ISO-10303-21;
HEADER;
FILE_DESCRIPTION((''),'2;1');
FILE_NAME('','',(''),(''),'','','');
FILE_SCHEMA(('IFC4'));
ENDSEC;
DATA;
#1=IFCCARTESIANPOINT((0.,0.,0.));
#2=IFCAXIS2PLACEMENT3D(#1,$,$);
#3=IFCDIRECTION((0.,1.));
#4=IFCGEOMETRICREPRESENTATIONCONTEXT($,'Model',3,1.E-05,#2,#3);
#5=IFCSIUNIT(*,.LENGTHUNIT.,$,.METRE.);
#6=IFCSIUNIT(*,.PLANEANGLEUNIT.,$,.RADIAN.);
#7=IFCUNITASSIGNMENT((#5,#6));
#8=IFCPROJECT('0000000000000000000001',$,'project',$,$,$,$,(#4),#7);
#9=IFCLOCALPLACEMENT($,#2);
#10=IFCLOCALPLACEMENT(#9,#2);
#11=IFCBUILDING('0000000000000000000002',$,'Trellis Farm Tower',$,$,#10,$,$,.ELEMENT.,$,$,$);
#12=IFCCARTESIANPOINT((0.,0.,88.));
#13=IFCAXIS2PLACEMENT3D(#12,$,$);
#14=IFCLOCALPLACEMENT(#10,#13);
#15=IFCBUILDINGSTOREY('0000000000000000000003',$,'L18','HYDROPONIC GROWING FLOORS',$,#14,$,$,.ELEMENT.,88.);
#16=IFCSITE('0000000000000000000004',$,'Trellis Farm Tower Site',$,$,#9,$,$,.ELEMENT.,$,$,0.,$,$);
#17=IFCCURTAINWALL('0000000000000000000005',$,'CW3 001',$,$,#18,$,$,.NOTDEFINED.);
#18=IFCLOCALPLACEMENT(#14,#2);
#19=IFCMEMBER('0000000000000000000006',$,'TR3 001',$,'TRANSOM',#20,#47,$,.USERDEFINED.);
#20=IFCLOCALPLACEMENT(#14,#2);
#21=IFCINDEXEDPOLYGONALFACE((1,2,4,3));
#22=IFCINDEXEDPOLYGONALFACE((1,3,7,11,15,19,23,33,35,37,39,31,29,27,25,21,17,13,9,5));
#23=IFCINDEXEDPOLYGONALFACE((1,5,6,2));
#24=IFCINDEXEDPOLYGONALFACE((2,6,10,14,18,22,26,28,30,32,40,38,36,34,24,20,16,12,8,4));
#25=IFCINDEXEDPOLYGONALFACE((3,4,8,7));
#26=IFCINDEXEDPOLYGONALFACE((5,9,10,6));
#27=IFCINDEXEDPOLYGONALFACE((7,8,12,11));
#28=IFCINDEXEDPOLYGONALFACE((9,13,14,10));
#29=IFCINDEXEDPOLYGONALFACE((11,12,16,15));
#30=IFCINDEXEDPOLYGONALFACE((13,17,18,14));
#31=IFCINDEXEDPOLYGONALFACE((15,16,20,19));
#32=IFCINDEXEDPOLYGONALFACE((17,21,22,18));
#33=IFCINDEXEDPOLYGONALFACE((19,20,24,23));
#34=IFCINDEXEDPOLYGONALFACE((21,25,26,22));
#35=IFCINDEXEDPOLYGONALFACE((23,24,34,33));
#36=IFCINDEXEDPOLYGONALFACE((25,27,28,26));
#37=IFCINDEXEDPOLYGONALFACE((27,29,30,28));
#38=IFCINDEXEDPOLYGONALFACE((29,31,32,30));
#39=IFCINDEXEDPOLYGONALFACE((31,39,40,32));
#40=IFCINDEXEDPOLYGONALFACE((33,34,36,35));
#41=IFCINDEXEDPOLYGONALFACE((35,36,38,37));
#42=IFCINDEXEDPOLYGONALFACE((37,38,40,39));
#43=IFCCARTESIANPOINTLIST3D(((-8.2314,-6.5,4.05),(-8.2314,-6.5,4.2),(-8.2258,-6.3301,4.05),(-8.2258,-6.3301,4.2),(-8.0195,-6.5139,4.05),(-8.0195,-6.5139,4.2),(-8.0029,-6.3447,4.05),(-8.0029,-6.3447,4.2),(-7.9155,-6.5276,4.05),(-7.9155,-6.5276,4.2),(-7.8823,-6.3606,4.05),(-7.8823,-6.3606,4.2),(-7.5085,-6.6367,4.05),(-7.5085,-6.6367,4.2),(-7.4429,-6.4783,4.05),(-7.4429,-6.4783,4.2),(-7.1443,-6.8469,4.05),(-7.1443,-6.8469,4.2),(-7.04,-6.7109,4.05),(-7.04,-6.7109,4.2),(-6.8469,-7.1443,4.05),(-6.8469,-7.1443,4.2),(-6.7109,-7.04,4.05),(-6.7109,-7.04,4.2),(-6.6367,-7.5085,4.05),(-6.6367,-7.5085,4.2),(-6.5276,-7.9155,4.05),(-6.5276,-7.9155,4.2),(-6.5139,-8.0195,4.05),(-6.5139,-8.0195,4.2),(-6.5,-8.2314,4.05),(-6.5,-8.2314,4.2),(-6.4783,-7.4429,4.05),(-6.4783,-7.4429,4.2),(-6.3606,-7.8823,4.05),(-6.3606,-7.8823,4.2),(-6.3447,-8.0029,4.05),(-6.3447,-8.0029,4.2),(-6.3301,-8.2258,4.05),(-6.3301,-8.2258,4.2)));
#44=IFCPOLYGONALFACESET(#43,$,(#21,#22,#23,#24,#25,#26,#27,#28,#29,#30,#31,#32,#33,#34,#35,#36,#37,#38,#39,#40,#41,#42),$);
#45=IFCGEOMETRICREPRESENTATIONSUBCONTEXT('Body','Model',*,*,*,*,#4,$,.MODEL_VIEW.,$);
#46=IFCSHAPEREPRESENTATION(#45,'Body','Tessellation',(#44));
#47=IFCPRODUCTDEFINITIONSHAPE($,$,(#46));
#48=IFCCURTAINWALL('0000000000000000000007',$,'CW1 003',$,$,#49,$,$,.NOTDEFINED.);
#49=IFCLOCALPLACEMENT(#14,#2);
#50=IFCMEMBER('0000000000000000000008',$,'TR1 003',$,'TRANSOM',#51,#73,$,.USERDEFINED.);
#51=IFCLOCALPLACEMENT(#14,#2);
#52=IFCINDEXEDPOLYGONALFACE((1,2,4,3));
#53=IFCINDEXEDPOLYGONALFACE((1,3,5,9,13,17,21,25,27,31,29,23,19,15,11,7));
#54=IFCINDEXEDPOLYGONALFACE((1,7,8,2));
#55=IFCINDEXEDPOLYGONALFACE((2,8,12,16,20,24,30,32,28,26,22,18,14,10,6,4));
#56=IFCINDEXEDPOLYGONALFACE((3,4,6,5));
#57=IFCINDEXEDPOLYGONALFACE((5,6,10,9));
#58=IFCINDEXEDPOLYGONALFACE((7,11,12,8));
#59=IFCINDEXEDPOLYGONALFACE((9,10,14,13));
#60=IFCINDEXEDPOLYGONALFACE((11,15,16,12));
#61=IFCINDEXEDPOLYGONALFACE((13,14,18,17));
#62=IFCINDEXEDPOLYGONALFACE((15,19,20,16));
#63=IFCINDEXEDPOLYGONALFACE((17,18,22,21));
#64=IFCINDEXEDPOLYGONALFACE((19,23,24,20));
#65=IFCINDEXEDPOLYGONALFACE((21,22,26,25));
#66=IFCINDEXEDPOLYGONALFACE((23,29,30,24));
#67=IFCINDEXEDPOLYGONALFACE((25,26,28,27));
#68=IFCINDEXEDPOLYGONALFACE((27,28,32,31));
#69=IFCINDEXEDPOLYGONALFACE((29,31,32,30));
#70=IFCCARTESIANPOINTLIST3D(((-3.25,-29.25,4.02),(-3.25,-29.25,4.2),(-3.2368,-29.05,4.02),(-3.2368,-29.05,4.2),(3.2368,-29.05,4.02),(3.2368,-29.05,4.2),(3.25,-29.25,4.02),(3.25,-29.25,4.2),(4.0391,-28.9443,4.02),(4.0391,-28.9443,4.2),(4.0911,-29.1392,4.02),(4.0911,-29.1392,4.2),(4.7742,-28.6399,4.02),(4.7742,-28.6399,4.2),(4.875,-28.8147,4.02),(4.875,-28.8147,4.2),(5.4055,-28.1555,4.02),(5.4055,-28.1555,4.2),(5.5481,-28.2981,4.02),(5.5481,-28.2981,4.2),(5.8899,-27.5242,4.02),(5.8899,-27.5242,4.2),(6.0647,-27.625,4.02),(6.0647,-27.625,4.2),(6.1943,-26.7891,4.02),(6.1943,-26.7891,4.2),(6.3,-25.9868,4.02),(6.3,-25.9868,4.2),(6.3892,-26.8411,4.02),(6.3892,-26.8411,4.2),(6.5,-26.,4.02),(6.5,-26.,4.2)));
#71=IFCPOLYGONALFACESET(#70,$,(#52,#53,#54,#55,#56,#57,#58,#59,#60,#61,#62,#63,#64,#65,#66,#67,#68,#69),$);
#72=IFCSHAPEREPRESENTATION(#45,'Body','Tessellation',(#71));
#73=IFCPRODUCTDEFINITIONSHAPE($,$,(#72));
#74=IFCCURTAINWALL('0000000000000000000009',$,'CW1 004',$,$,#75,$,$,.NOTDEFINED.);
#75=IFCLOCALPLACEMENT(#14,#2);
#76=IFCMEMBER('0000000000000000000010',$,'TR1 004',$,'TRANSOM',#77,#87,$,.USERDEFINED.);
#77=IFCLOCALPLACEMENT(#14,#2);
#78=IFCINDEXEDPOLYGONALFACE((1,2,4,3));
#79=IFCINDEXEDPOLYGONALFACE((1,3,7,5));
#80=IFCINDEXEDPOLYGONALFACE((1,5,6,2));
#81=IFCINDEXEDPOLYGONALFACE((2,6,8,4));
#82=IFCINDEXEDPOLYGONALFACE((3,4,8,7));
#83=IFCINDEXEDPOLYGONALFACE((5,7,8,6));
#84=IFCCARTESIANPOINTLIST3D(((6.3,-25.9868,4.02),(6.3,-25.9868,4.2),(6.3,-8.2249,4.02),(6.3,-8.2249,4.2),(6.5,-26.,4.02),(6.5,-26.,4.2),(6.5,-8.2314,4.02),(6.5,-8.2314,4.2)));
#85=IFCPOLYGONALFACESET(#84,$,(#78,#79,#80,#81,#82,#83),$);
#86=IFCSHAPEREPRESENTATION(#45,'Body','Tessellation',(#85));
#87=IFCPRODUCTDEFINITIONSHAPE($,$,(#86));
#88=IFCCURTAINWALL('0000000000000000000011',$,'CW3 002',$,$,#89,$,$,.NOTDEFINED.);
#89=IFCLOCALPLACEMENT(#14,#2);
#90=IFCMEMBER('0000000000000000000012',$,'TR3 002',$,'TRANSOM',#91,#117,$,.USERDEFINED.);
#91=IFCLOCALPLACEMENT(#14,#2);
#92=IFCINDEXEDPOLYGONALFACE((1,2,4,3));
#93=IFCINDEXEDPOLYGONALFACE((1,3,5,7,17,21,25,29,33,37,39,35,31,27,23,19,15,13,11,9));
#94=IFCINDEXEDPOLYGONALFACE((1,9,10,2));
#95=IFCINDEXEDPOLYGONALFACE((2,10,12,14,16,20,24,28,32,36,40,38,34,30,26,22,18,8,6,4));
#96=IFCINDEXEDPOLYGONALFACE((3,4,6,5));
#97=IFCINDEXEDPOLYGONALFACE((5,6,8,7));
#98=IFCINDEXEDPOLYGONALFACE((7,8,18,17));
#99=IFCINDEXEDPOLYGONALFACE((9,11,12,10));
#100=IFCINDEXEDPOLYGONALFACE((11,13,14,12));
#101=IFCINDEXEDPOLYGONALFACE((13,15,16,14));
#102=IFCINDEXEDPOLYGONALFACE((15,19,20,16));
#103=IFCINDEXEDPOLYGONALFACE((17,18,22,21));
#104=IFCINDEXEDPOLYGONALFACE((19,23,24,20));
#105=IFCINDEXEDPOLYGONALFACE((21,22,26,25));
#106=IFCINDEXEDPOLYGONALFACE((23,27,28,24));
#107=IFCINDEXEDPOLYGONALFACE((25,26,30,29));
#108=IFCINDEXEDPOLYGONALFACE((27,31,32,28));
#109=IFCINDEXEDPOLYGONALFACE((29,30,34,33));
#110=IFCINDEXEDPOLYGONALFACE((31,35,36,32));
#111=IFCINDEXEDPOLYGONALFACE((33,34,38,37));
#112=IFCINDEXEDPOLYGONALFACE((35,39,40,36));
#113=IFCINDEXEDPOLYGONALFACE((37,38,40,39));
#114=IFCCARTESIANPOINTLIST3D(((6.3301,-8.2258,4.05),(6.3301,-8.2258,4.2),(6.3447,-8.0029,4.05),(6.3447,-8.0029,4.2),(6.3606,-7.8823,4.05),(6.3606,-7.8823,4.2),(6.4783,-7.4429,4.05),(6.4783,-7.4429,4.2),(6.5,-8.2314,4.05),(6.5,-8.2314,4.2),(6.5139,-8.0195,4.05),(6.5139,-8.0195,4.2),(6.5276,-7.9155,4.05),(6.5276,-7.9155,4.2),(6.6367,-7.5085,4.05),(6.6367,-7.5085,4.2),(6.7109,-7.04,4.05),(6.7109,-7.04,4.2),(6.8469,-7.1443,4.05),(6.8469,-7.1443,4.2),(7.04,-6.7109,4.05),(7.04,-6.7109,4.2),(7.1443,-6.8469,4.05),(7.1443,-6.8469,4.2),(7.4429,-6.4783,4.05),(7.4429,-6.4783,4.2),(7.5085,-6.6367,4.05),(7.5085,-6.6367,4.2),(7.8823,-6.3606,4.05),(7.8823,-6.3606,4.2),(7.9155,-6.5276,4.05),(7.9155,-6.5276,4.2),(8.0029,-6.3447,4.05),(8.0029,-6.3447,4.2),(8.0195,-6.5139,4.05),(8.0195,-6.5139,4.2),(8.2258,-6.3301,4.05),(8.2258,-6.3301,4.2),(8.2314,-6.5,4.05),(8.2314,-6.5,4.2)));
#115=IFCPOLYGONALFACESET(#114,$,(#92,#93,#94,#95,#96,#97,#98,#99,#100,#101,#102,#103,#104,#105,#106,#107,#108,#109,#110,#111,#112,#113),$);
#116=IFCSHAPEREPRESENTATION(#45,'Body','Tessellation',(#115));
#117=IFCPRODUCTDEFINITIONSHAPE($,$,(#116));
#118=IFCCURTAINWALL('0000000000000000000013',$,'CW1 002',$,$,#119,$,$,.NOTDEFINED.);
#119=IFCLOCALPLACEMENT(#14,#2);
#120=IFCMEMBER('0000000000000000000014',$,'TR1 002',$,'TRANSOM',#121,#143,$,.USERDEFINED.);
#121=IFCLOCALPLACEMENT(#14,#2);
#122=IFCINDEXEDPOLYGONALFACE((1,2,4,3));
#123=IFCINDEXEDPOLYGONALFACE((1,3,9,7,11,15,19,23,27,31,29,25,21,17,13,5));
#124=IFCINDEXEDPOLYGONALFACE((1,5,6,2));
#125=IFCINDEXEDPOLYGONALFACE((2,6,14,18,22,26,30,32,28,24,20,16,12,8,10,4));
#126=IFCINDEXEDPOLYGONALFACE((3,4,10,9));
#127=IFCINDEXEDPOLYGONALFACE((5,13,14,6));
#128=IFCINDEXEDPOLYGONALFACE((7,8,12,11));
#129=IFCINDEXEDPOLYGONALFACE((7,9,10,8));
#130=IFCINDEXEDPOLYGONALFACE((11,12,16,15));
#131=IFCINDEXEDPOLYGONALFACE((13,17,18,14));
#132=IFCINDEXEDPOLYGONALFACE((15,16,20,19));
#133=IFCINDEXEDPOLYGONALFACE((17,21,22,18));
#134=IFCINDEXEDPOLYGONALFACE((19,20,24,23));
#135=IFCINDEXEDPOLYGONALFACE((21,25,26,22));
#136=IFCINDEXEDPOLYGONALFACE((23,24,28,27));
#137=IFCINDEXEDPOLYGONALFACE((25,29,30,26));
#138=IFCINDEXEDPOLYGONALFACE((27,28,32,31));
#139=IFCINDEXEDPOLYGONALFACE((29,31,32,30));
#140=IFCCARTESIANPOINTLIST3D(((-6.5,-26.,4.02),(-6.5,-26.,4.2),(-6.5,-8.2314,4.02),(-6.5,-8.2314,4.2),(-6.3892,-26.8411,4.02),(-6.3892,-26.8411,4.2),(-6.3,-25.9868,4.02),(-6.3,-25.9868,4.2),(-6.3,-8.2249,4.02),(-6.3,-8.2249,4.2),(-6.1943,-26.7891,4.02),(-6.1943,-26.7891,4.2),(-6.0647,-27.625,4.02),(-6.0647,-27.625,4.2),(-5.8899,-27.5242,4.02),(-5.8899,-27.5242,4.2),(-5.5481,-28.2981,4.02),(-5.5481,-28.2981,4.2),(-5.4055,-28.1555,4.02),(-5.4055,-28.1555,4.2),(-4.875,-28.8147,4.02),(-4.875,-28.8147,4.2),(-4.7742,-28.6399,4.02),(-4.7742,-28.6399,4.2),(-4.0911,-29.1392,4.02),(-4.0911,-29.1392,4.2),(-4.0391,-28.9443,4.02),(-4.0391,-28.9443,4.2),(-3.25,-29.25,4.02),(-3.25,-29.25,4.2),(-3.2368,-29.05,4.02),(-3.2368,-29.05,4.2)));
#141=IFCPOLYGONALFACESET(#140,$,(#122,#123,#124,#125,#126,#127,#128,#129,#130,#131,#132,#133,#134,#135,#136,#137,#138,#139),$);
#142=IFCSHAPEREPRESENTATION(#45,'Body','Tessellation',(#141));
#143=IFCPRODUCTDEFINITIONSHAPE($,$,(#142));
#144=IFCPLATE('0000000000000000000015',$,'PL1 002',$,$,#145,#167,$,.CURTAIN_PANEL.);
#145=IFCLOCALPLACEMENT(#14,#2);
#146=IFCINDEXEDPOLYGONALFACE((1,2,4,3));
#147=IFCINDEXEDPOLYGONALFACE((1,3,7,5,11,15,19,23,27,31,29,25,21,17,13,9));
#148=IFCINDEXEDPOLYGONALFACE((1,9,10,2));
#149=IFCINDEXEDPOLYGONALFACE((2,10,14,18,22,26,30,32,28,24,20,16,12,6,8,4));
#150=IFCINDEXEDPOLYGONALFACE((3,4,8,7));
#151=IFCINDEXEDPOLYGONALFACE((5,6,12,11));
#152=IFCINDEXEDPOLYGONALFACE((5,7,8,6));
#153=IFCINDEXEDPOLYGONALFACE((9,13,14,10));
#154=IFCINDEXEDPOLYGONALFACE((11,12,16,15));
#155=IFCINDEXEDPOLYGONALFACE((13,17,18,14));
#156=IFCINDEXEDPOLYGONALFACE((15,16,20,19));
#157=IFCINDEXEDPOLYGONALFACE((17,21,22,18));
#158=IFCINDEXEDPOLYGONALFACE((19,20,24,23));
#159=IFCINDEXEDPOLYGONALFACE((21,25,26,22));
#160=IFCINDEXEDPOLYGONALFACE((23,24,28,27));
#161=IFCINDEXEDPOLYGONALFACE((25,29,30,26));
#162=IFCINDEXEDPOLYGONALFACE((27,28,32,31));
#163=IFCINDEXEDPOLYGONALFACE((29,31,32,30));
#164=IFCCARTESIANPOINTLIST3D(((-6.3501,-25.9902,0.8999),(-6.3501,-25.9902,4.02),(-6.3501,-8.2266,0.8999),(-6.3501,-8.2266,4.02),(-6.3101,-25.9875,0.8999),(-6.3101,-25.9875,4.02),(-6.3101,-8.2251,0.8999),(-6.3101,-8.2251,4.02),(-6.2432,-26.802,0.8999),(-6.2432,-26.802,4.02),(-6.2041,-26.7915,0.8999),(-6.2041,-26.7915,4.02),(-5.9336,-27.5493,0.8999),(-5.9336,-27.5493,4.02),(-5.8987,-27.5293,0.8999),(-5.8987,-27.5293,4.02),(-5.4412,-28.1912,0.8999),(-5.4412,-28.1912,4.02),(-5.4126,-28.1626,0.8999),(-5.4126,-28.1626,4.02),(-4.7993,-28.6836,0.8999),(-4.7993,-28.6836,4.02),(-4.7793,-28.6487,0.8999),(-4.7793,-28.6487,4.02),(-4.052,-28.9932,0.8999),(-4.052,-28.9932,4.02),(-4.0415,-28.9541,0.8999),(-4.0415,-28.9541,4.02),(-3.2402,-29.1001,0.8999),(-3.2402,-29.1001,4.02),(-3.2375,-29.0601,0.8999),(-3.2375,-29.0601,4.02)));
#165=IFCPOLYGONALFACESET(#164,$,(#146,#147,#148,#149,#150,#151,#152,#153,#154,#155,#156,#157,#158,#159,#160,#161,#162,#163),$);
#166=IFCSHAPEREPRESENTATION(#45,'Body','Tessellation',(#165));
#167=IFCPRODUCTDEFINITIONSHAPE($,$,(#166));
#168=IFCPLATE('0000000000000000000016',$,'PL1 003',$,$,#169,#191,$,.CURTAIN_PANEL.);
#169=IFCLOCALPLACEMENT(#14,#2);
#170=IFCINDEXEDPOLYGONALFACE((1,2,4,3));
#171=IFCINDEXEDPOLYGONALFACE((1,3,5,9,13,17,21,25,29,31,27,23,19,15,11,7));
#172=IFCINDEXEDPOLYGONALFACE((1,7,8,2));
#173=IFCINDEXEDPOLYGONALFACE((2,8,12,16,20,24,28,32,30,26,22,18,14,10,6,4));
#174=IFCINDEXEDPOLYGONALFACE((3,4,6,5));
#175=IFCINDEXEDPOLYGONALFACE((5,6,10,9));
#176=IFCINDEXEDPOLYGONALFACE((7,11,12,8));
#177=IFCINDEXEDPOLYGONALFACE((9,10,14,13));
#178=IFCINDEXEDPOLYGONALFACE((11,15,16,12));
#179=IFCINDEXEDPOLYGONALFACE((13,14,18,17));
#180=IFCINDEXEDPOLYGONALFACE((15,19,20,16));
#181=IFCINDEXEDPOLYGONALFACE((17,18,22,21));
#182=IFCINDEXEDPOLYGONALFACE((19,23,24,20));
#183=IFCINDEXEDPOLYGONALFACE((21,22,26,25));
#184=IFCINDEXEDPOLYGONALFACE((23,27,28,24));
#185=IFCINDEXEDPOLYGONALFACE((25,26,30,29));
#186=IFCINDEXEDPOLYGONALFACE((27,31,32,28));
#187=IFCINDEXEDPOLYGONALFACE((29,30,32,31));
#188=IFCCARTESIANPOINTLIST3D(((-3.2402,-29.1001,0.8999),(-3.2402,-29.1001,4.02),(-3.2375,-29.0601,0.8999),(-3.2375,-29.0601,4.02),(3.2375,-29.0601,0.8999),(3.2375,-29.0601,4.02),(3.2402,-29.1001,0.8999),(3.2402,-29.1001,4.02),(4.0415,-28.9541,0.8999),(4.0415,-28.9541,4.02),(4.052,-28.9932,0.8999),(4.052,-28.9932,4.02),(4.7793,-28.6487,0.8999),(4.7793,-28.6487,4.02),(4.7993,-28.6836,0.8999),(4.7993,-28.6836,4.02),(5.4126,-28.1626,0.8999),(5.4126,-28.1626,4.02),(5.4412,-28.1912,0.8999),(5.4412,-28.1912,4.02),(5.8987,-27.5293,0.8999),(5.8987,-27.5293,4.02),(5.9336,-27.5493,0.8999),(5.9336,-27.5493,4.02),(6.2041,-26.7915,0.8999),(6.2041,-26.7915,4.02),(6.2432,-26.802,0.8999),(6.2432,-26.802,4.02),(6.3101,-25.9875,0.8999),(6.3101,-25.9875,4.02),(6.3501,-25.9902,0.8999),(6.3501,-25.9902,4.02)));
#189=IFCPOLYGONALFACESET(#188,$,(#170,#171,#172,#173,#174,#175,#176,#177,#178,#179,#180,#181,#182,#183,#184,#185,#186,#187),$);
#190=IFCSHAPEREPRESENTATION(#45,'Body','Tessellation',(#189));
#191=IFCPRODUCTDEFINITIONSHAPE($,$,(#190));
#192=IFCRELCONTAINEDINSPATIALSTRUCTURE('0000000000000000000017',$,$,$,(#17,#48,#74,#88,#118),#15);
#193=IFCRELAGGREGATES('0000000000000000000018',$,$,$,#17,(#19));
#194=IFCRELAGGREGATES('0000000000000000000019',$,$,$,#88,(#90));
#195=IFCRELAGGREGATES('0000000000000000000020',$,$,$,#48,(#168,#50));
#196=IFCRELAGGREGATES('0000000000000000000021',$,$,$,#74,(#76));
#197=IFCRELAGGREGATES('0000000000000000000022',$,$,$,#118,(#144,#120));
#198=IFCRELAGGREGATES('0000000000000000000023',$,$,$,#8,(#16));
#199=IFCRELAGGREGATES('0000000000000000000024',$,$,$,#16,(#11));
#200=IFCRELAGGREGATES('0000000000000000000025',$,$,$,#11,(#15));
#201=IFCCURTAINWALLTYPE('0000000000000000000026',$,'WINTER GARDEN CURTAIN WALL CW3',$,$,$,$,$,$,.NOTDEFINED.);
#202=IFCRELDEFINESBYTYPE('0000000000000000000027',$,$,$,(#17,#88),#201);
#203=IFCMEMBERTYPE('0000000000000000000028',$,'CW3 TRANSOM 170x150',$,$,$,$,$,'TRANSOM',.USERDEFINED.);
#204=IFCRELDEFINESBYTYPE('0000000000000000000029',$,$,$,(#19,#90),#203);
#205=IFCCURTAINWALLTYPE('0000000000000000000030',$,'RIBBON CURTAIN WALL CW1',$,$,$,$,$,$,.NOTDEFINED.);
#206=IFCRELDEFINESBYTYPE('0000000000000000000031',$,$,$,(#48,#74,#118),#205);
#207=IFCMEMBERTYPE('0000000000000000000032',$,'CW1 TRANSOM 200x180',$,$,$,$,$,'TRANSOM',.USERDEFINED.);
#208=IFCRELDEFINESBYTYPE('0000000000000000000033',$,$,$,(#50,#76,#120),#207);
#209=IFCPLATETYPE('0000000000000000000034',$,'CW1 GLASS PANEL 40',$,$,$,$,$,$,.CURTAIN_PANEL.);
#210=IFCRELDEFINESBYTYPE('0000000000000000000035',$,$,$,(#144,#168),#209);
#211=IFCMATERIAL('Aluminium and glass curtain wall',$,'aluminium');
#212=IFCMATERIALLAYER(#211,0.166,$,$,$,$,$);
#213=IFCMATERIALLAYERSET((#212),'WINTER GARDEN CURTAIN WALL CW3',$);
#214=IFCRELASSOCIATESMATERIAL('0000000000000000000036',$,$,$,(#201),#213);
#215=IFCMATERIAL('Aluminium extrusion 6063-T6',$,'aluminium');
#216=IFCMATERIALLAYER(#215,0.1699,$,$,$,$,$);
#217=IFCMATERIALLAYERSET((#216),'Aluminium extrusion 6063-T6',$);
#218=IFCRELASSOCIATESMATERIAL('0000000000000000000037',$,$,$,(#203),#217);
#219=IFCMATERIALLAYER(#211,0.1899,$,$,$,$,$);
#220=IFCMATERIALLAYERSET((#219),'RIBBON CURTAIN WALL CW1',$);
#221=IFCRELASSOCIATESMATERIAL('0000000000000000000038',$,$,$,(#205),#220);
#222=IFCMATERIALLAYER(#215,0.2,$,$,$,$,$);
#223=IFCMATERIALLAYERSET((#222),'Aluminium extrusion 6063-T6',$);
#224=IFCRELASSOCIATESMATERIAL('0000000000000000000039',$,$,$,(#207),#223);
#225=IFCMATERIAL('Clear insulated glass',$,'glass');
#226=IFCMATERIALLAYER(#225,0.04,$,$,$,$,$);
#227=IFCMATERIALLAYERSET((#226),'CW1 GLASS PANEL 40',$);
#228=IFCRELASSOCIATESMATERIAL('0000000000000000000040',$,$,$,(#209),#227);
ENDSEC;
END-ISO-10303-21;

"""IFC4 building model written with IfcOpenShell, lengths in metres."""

from ifc_helpers import new_model, si_unit, direction, frame, origin, place, context, subcontext, project, spatial, polyline, outline, extrude, source, transform, mapped, material, layer, layer_set, type_object, element, aggregate, save


model = new_model("IFC4")

# Units and contexts
model_context = context("Model", 3, precision=1e-05, world=origin(), true_north=direction((0.0, 1.0)))
body_context = subcontext(model_context, "Body", "Model", "MODEL_VIEW")
ifc_project = project(units=[si_unit("LENGTHUNIT", "METRE"), si_unit("PLANEANGLEUNIT", "RADIAN")], contexts=[model_context])

# Site, building, storey
site_placement = place(None, origin())
site = spatial("IfcSite", under=ifc_project, at=site_placement, Name="Trellis Farm Tower Site", CompositionType="ELEMENT", RefElevation=0.0)
building_placement = place(site_placement, origin())
building = spatial("IfcBuilding", under=site, at=building_placement, Name="Trellis Farm Tower", CompositionType="ELEMENT")
storey_placement = place(building_placement, frame((0.0, 0.0, 88.0)))
storey = spatial("IfcBuildingStorey", under=building, at=storey_placement, Name="L18", Description="HYDROPONIC GROWING FLOORS", CompositionType="ELEMENT", Elevation=88.0)

# Curtain walls, members
ifc_material_1 = material(Name="Aluminium and glass curtain wall", Category="aluminium")
ifc_layer_1 = layer(ifc_material_1, 0.166)
ifc_layer_set_1 = layer_set([ifc_layer_1], Name="WINTER GARDEN CURTAIN WALL CW3")
curtain_wall_type_1 = type_object("IfcCurtainWallType", Name="WINTER GARDEN CURTAIN WALL CW3", PredefinedType="NOTDEFINED", material=ifc_layer_set_1)
placement_1 = place(storey_placement, origin())
curtain_wall_1 = element("IfcCurtainWall", 1, at=placement_1, inside=storey, type_object=curtain_wall_type_1, Name="CW3 001", PredefinedType="NOTDEFINED")
ifc_material_2 = material(Name="Aluminium extrusion 6063-T6", Category="aluminium")
ifc_layer_2 = layer(ifc_material_2, 0.1699)
ifc_layer_set_2 = layer_set([ifc_layer_2], Name="Aluminium extrusion 6063-T6")
member_type_1 = type_object("IfcMemberType", Name="CW3 TRANSOM 170x150", ElementType="TRANSOM", PredefinedType="USERDEFINED", material=ifc_layer_set_2)
shared_shape_1 = source(origin(), body_context, "Body", "SweptSolid", [
    extrude(outline(polyline([(-8.2314, -6.5), (-8.0195, -6.5139), (-7.9155, -6.5276), (-7.5085, -6.6367), (-7.1443, -6.8469), (-6.8469, -7.1443), (-6.6367, -7.5085), (-6.5276, -7.9155), (-6.5139, -8.0195), (-6.5, -8.2314), (-6.3301, -8.2258), (-6.3447, -8.0029), (-6.3606, -7.8823), (-6.4783, -7.4429), (-6.7109, -7.04), (-7.04, -6.7109), (-7.4429, -6.4783), (-7.8823, -6.3606), (-8.0029, -6.3447), (-8.2258, -6.3301), (-8.2314, -6.5)])), origin(), (0.0, 0.0, 1.0), 0.1499),
])
placement_2 = place(storey_placement, frame((0.0, 0.0, 4.05)))
member_1 = element("IfcMember", 2, at=placement_2, type_object=member_type_1, Name="TR3 001", ObjectType="TRANSOM", PredefinedType="USERDEFINED", context=body_context, shape_type="MappedRepresentation", body=[
    mapped(shared_shape_1, transform((0.0, 0.0, 0.0))),
])
ifc_layer_3 = layer(ifc_material_1, 0.1899)
ifc_layer_set_3 = layer_set([ifc_layer_3], Name="RIBBON CURTAIN WALL CW1")
curtain_wall_type_2 = type_object("IfcCurtainWallType", Name="RIBBON CURTAIN WALL CW1", PredefinedType="NOTDEFINED", material=ifc_layer_set_3)
curtain_wall_2 = element("IfcCurtainWall", 3, at=placement_1, inside=storey, type_object=curtain_wall_type_2, Name="CW1 003", PredefinedType="NOTDEFINED")
ifc_layer_4 = layer(ifc_material_2, 0.2)
ifc_layer_set_4 = layer_set([ifc_layer_4], Name="Aluminium extrusion 6063-T6")
member_type_2 = type_object("IfcMemberType", Name="CW1 TRANSOM 200x180", ElementType="TRANSOM", PredefinedType="USERDEFINED", material=ifc_layer_set_4)
shared_shape_2 = source(origin(), body_context, "Body", "SweptSolid", [
    extrude(outline(polyline([(-3.25, -29.25), (3.25, -29.25), (4.0911, -29.1392), (4.875, -28.8147), (5.5481, -28.2981), (6.0647, -27.625), (6.3892, -26.8411), (6.5, -26.0), (6.3, -25.9868), (6.1943, -26.7891), (5.8899, -27.5242), (5.4055, -28.1555), (4.7742, -28.6399), (4.0391, -28.9443), (3.2368, -29.05), (-3.2368, -29.05), (-3.25, -29.25)])), origin(), (0.0, 0.0, 1.0), 0.1799),
])
placement_3 = place(storey_placement, frame((0.0, 0.0, 4.02)))
member_2 = element("IfcMember", 4, at=placement_3, type_object=member_type_2, Name="TR1 003", ObjectType="TRANSOM", PredefinedType="USERDEFINED", context=body_context, shape_type="MappedRepresentation", body=[
    mapped(shared_shape_2, transform((0.0, 0.0, 0.0))),
])
curtain_wall_3 = element("IfcCurtainWall", 5, at=placement_1, inside=storey, type_object=curtain_wall_type_2, Name="CW1 004", PredefinedType="NOTDEFINED")
shared_shape_3 = source(origin(), body_context, "Body", "SweptSolid", [
    extrude(outline(polyline([(6.5, -26.0), (6.5, -8.2314), (6.3, -8.2249), (6.3, -25.9868), (6.5, -26.0)])), origin(), (0.0, 0.0, 1.0), 0.1799),
])
member_3 = element("IfcMember", 6, at=placement_3, type_object=member_type_2, Name="TR1 004", ObjectType="TRANSOM", PredefinedType="USERDEFINED", context=body_context, shape_type="MappedRepresentation", body=[
    mapped(shared_shape_3, transform((0.0, 0.0, 0.0))),
])
curtain_wall_4 = element("IfcCurtainWall", 7, at=placement_1, inside=storey, type_object=curtain_wall_type_1, Name="CW3 002", PredefinedType="NOTDEFINED")
shared_shape_4 = source(origin(), body_context, "Body", "SweptSolid", [
    extrude(outline(polyline([(6.5, -8.2314), (6.5139, -8.0195), (6.5276, -7.9155), (6.6367, -7.5085), (6.8469, -7.1443), (7.1443, -6.8469), (7.5085, -6.6367), (7.9155, -6.5276), (8.0195, -6.5139), (8.2314, -6.5), (8.2258, -6.3301), (8.0029, -6.3447), (7.8823, -6.3606), (7.4429, -6.4783), (7.04, -6.7109), (6.7109, -7.04), (6.4783, -7.4429), (6.3606, -7.8823), (6.3447, -8.0029), (6.3301, -8.2258), (6.5, -8.2314)])), origin(), (0.0, 0.0, 1.0), 0.1499),
])
member_4 = element("IfcMember", 8, at=placement_2, type_object=member_type_1, Name="TR3 002", ObjectType="TRANSOM", PredefinedType="USERDEFINED", context=body_context, shape_type="MappedRepresentation", body=[
    mapped(shared_shape_4, transform((0.0, 0.0, 0.0))),
])

# Curtain wall, member, plate
curtain_wall_5 = element("IfcCurtainWall", 9, at=placement_1, inside=storey, type_object=curtain_wall_type_2, Name="CW1 002", PredefinedType="NOTDEFINED")
shared_shape_5 = source(origin(), body_context, "Body", "SweptSolid", [
    extrude(outline(polyline([(-6.5, -8.2314), (-6.5, -26.0), (-6.3892, -26.8411), (-6.0647, -27.625), (-5.5481, -28.2981), (-4.875, -28.8147), (-4.0911, -29.1392), (-3.25, -29.25), (-3.2368, -29.05), (-4.0391, -28.9443), (-4.7742, -28.6399), (-5.4055, -28.1555), (-5.8899, -27.5242), (-6.1943, -26.7891), (-6.3, -25.9868), (-6.3, -8.2249), (-6.5, -8.2314)])), origin(), (0.0, 0.0, 1.0), 0.1799),
])
member_5 = element("IfcMember", 10, at=placement_3, type_object=member_type_2, Name="TR1 002", ObjectType="TRANSOM", PredefinedType="USERDEFINED", context=body_context, shape_type="MappedRepresentation", body=[
    mapped(shared_shape_5, transform((0.0, 0.0, 0.0))),
])
ifc_material_3 = material(Name="Clear insulated glass", Category="glass")
ifc_layer_5 = layer(ifc_material_3, 0.04)
ifc_layer_set_5 = layer_set([ifc_layer_5], Name="CW1 GLASS PANEL 40")
plate_type_1 = type_object("IfcPlateType", Name="CW1 GLASS PANEL 40", PredefinedType="CURTAIN_PANEL", material=ifc_layer_set_5)
placement_4 = place(storey_placement, frame((0.0, 0.0, 0.8999)))
plate_1 = element("IfcPlate", 11, at=placement_4, type_object=plate_type_1, Name="PL1 002", PredefinedType="CURTAIN_PANEL", context=body_context, shape_type="SweptSolid", body=[
    extrude(outline(polyline([(-6.3501, -8.2266), (-6.3501, -25.9902), (-6.2432, -26.802), (-5.9336, -27.5493), (-5.4412, -28.1912), (-4.7993, -28.6836), (-4.052, -28.9932), (-3.2402, -29.1001), (-3.2375, -29.0601), (-4.0415, -28.9541), (-4.7793, -28.6487), (-5.4126, -28.1626), (-5.8987, -27.5293), (-6.2041, -26.7915), (-6.3101, -25.9875), (-6.3101, -8.2251), (-6.3501, -8.2266)])), origin(), (0.0, 0.0, 1.0), 3.1201),
])

# Plate
plate_2 = element("IfcPlate", 12, at=placement_4, type_object=plate_type_1, Name="PL1 003", PredefinedType="CURTAIN_PANEL", context=body_context, shape_type="SweptSolid", body=[
    extrude(outline(polyline([(-3.2402, -29.1001), (3.2402, -29.1001), (4.052, -28.9932), (4.7993, -28.6836), (5.4412, -28.1912), (5.9336, -27.5493), (6.2432, -26.802), (6.3501, -25.9902), (6.3101, -25.9875), (6.2041, -26.7915), (5.8987, -27.5293), (5.4126, -28.1626), (4.7793, -28.6487), (4.0415, -28.9541), (3.2375, -29.0601), (-3.2375, -29.0601), (-3.2402, -29.1001)])), origin(), (0.0, 0.0, 1.0), 3.1201),
])

aggregate(curtain_wall_1, [member_1])
aggregate(curtain_wall_4, [member_4])
aggregate(curtain_wall_2, [plate_2, member_2])
aggregate(curtain_wall_3, [member_3])
aggregate(curtain_wall_5, [plate_1, member_5])

save(model, "model.ifc")
